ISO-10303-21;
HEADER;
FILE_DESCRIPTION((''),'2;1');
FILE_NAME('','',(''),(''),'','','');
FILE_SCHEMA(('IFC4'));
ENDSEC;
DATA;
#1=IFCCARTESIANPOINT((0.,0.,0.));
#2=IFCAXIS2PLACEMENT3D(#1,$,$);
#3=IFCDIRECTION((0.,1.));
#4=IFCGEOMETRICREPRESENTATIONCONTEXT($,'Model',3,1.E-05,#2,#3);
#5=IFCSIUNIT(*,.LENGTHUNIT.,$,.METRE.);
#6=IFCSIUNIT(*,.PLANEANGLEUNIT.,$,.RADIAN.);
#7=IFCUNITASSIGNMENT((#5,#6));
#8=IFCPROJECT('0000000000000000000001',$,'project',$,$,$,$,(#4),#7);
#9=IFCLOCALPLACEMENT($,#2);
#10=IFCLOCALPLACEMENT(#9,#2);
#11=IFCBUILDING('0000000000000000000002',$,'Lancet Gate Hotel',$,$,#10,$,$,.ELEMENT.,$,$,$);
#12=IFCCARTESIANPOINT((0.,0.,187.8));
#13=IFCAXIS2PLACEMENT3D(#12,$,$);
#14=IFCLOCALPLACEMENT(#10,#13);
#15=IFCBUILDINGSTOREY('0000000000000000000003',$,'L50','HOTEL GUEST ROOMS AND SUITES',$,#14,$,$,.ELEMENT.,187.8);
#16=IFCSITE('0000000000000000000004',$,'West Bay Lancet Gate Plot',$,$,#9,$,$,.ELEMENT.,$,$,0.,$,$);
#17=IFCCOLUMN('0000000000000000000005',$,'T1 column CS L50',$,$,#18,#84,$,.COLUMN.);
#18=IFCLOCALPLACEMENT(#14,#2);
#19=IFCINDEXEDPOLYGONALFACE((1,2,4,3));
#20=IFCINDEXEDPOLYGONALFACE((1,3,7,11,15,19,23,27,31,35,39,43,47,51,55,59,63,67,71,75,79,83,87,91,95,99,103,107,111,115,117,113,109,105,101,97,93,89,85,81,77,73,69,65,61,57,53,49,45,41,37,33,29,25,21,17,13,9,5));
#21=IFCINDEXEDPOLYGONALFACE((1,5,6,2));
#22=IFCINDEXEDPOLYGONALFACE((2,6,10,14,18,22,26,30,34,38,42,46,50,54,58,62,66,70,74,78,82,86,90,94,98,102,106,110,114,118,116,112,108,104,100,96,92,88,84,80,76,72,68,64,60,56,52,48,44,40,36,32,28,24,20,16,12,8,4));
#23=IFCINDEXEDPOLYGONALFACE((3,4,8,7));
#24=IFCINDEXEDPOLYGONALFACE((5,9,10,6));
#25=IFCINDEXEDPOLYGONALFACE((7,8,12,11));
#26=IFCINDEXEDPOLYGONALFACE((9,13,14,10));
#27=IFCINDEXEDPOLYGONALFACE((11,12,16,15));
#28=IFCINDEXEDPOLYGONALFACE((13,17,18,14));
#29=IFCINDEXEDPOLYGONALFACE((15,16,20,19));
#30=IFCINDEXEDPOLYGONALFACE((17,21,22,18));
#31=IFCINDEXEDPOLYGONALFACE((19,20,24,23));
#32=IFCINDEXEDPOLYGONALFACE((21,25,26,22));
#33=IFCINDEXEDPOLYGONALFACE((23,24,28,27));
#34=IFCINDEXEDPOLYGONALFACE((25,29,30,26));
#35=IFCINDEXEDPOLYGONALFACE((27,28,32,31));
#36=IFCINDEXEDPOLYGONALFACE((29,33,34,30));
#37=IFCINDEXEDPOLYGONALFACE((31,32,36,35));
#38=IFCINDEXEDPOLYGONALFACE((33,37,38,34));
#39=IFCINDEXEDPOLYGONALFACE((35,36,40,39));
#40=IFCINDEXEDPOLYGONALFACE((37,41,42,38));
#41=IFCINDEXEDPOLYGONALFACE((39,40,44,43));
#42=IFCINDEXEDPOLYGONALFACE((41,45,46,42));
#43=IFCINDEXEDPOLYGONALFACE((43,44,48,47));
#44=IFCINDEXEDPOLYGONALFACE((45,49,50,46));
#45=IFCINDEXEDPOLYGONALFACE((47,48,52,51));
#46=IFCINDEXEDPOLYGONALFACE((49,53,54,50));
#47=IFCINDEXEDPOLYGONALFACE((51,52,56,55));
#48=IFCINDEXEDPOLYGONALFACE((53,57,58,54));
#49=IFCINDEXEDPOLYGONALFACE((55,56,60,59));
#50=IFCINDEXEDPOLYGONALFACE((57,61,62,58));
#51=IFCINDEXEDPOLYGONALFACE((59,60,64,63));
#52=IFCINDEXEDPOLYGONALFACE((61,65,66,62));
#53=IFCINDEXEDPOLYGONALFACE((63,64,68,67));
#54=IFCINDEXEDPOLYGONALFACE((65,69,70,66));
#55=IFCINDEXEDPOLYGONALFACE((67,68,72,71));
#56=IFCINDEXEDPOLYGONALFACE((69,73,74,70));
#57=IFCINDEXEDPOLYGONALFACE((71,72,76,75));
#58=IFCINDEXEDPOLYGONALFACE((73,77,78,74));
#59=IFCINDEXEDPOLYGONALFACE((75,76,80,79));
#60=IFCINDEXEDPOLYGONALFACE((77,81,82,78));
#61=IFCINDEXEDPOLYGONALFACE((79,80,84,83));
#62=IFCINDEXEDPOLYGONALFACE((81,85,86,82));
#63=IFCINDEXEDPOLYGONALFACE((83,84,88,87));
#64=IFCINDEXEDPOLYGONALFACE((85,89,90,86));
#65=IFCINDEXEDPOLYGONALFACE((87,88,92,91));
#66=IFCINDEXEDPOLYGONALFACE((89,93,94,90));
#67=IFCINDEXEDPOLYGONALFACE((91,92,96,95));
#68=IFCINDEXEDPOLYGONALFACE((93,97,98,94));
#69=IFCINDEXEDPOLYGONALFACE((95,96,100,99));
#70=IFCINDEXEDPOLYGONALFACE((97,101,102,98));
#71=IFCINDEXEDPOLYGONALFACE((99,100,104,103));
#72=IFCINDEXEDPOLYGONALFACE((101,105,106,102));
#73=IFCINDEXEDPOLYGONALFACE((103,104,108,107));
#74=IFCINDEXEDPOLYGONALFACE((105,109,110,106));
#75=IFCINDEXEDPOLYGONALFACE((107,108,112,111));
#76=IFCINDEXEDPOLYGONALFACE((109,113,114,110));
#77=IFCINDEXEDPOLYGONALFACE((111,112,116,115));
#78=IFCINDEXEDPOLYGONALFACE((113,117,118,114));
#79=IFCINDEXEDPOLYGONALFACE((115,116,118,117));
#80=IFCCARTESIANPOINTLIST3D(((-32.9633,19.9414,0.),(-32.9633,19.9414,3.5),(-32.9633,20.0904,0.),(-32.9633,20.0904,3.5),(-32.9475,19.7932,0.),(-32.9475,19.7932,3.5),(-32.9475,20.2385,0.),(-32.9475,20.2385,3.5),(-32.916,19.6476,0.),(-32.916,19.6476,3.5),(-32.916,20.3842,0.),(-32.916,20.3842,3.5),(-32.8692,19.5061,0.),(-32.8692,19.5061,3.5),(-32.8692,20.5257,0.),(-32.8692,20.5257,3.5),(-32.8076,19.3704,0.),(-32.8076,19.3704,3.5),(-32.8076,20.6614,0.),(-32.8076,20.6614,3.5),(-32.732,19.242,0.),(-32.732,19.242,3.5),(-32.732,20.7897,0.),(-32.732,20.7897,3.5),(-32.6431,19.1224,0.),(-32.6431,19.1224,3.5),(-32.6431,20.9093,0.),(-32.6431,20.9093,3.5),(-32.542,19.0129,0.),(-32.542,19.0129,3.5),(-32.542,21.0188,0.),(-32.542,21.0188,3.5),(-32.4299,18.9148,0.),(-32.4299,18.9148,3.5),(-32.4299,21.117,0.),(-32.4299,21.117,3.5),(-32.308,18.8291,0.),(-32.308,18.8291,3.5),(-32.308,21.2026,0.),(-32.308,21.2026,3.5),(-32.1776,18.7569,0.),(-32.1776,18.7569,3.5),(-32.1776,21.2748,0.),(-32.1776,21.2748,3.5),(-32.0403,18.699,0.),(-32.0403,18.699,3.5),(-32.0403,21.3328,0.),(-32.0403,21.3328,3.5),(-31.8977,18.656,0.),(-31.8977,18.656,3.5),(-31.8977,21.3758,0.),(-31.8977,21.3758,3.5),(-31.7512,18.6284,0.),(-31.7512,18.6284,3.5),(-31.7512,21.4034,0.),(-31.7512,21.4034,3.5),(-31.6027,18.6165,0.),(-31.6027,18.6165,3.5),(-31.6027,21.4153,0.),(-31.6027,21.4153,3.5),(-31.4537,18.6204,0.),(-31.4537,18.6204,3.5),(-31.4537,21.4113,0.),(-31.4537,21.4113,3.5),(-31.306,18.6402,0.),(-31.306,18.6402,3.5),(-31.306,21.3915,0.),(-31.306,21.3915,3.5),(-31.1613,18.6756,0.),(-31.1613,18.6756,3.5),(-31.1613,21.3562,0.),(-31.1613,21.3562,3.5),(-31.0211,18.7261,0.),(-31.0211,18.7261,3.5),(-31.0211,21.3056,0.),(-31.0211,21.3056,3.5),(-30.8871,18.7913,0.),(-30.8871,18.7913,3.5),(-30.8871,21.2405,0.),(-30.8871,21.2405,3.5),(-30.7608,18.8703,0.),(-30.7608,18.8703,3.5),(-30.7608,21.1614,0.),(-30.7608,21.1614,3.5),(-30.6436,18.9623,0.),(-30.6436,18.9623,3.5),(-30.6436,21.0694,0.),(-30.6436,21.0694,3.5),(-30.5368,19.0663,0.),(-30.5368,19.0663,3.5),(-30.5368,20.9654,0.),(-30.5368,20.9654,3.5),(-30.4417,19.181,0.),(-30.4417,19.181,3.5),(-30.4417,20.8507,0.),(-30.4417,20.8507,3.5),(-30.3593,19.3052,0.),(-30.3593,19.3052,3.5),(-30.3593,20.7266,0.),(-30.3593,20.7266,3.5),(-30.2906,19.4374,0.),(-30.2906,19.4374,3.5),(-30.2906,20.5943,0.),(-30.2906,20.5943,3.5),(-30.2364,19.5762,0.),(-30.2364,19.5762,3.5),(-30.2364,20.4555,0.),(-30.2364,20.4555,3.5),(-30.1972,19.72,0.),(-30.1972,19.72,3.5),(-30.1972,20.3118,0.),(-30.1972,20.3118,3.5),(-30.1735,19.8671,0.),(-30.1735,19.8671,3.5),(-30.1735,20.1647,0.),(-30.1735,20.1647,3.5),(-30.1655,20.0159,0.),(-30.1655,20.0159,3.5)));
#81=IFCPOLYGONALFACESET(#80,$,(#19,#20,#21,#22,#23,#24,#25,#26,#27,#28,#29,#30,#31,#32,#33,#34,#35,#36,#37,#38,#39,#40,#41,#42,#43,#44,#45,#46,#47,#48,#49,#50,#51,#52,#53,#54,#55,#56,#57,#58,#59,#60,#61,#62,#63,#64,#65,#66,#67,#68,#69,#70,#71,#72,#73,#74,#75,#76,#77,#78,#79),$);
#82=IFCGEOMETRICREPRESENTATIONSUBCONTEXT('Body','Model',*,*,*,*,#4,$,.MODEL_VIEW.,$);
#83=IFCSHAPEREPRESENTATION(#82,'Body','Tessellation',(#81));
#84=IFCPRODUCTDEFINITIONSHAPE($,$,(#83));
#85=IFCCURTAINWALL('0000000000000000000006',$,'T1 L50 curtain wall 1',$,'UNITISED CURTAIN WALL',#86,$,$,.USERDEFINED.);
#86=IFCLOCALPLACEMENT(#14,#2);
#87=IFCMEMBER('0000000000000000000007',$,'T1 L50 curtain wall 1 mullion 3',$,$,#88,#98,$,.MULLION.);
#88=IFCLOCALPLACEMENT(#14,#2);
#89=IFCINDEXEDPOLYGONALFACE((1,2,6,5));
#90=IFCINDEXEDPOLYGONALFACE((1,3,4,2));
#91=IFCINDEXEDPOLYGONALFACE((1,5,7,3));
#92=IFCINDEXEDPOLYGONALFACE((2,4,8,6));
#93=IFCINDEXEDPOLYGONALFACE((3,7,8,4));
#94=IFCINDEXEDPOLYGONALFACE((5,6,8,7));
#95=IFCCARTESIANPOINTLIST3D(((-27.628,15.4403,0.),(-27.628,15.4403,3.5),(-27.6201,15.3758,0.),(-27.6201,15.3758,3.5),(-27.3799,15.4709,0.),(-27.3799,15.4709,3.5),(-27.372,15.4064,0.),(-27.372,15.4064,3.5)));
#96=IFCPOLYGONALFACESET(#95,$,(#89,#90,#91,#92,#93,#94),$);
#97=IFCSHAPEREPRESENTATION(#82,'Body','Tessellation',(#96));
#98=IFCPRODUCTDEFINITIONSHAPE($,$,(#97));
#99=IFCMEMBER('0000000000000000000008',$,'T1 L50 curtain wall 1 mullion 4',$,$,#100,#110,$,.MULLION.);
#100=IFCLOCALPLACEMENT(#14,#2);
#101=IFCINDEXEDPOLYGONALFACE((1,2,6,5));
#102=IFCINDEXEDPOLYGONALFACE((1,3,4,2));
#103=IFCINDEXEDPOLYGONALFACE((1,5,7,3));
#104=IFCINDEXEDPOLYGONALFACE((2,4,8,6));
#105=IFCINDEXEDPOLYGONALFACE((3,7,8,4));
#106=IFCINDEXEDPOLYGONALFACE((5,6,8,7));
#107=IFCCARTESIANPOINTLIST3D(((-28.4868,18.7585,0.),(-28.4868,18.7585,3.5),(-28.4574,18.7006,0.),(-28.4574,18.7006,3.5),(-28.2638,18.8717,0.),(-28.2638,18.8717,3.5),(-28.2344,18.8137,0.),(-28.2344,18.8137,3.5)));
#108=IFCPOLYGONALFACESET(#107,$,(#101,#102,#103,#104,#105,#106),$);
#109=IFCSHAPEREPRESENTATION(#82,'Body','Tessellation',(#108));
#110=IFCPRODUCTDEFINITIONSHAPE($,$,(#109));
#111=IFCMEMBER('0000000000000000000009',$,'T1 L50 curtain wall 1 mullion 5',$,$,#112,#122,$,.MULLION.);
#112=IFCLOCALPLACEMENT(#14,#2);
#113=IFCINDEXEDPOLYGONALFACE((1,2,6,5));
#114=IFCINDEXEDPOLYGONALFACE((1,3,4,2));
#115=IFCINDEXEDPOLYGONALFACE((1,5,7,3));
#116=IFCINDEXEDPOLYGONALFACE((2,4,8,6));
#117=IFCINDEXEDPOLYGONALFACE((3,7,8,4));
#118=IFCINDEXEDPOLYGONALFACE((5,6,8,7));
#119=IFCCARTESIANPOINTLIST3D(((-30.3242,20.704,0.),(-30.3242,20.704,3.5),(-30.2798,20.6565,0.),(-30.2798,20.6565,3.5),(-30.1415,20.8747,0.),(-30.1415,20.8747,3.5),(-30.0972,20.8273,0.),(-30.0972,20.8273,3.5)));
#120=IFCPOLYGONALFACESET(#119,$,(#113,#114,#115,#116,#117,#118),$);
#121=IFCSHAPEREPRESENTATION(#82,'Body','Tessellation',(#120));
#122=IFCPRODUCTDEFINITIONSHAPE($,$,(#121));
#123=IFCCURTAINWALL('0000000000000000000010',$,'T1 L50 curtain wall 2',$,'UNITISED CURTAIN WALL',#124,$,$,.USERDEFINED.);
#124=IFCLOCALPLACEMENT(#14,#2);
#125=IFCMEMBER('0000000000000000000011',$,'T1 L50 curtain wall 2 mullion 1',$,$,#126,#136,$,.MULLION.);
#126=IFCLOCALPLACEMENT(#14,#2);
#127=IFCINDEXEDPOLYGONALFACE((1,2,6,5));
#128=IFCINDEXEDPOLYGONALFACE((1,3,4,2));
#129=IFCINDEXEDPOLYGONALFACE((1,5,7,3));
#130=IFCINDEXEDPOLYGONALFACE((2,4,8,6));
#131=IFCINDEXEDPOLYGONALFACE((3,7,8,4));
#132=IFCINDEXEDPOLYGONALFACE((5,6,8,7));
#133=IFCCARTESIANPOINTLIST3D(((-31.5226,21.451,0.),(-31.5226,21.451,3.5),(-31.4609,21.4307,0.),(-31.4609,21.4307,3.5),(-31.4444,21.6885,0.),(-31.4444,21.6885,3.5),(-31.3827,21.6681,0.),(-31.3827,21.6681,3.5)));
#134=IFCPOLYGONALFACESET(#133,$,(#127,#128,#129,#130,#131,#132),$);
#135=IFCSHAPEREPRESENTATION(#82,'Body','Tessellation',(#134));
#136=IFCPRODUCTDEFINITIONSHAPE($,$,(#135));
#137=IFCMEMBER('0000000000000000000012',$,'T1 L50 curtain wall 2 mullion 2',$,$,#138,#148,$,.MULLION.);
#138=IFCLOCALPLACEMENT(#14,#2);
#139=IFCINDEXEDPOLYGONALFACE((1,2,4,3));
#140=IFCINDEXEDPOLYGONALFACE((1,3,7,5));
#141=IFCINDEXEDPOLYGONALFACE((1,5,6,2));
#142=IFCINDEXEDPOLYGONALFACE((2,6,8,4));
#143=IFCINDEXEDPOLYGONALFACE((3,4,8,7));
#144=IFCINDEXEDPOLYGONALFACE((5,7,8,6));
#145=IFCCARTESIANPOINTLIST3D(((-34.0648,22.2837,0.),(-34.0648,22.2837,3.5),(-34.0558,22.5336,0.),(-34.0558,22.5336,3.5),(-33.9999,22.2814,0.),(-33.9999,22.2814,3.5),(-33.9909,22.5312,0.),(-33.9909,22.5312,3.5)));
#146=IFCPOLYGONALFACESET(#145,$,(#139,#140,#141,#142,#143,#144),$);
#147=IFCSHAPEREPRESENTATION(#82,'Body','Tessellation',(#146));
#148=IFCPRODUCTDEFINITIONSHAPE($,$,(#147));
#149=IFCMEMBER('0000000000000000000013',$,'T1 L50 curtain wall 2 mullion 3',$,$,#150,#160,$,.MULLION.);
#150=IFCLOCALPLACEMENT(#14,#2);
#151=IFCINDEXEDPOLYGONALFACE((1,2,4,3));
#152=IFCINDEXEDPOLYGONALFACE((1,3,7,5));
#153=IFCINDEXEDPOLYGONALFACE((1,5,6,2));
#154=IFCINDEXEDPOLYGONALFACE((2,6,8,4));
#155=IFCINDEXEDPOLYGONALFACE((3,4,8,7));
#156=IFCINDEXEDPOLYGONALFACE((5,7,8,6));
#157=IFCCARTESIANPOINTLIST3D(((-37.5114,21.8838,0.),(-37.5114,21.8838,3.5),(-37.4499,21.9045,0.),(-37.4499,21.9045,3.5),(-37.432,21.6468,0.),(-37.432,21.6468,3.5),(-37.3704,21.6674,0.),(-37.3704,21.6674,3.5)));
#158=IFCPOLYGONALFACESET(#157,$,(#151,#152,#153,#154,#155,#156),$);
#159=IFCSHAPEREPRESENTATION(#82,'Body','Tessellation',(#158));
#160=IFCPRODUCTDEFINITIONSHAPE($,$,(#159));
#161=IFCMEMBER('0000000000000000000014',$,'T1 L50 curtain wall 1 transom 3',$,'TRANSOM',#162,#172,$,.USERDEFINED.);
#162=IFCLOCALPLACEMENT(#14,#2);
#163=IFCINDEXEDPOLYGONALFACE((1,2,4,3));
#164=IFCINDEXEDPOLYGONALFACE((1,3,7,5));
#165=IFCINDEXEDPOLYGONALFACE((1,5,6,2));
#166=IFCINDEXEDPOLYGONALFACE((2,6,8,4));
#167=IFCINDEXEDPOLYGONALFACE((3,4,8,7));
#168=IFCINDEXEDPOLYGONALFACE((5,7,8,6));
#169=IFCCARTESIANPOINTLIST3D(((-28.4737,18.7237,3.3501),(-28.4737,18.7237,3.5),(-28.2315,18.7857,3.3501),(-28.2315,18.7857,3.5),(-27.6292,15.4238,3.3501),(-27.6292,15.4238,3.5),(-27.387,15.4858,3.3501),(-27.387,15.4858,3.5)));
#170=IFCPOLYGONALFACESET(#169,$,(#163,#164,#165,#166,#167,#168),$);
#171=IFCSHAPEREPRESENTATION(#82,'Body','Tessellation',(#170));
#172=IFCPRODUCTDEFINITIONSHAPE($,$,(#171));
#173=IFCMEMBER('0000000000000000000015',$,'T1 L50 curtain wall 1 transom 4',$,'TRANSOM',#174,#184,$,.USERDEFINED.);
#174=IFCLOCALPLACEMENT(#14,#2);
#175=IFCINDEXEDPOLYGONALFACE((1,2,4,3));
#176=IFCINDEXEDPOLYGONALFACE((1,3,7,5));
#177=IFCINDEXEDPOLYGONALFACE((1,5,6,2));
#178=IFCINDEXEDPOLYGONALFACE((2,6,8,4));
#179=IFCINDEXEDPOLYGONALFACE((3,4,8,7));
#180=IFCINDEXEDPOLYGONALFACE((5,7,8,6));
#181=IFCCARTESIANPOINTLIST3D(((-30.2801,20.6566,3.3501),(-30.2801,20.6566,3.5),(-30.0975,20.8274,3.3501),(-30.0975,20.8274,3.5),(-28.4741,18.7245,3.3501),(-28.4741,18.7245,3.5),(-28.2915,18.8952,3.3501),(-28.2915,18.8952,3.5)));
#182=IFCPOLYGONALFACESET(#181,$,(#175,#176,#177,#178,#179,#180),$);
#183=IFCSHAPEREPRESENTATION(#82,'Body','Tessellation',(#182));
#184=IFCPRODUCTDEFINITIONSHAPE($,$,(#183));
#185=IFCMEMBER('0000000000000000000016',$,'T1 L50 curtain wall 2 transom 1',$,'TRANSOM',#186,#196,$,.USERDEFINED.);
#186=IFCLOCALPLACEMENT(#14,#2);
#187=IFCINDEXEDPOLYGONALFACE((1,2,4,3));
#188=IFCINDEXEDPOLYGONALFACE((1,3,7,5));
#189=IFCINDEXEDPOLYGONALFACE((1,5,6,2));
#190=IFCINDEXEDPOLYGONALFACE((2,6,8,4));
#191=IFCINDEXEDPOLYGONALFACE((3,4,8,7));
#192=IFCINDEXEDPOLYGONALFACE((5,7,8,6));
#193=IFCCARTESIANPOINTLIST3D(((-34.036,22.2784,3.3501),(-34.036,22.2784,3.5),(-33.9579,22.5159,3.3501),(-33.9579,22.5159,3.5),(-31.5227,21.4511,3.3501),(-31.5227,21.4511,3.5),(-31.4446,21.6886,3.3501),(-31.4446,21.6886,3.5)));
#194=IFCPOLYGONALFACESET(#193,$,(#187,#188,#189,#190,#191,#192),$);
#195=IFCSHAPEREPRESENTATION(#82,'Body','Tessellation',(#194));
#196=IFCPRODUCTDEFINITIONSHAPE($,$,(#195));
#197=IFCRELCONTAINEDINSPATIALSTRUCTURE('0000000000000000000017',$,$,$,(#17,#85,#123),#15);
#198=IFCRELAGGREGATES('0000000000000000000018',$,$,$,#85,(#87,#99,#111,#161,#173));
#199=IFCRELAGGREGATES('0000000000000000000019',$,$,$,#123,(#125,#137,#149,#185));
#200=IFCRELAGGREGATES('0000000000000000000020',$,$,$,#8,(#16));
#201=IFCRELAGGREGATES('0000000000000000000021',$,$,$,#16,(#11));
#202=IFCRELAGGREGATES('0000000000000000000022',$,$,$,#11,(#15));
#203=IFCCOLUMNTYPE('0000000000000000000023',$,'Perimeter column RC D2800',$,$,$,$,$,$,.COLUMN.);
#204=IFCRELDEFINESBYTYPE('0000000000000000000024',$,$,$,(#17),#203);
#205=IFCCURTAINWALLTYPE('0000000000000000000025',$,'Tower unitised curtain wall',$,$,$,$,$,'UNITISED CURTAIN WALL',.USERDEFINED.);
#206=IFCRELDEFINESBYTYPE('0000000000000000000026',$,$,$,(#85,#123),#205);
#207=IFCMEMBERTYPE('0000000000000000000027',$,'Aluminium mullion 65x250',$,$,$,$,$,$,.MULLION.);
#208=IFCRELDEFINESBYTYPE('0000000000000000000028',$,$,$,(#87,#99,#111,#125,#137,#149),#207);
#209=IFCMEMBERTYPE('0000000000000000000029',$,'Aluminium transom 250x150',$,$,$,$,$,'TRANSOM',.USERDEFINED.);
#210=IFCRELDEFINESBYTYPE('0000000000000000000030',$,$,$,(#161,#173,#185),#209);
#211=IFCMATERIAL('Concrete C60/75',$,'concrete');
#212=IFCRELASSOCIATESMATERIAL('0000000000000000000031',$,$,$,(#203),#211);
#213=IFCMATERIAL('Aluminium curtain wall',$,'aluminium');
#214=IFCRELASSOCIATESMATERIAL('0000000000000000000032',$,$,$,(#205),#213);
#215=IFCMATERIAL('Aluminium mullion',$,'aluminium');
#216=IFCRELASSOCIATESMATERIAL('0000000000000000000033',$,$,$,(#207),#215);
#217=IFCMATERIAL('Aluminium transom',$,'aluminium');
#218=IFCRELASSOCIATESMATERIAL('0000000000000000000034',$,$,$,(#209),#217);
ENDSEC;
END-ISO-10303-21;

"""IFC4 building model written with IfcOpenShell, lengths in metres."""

from ifc_helpers import new_model, si_unit, direction, frame, origin, origin_2d, place, context, subcontext, project, spatial, rectangle, circle, extrude, material, material_profile, profile_set, type_object, element, aggregate, save


model = new_model("IFC4")

# Units and contexts
model_context = context("Model", 3, precision=1e-05, world=origin(), true_north=direction((0.0, 1.0)))
body_context = subcontext(model_context, "Body", "Model", "MODEL_VIEW")
ifc_project = project(units=[si_unit("LENGTHUNIT", "METRE"), si_unit("PLANEANGLEUNIT", "RADIAN")], contexts=[model_context])

# Site, building, storey
site_placement = place(None, origin())
site = spatial("IfcSite", under=ifc_project, at=site_placement, Name="West Bay Lancet Gate Plot", CompositionType="ELEMENT", RefElevation=0.0)
building_placement = place(site_placement, origin())
building = spatial("IfcBuilding", under=site, at=building_placement, Name="Lancet Gate Hotel", CompositionType="ELEMENT")
storey_placement = place(building_placement, frame((0.0, 0.0, 187.8)))
storey = spatial("IfcBuildingStorey", under=building, at=storey_placement, Name="L50", Description="HOTEL GUEST ROOMS AND SUITES", CompositionType="ELEMENT", Elevation=187.8)

# Column
ifc_material_1 = material(Name="Concrete C60/75", Category="concrete")
ifc_material_profile_1 = material_profile(ifc_material_1, circle(Radius=1.3999, at=origin_2d()), Name="RC D2800")
ifc_profile_set_1 = profile_set([ifc_material_profile_1], Name="Concrete C60/75")
column_type = type_object("IfcColumnType", Name="Perimeter column RC D2800", PredefinedType="COLUMN", material=ifc_profile_set_1)
column_placement = place(storey_placement, frame((-31.5654, 20.0159, 0.0), z_axis=(0.0, 0.0, 1.0), x_axis=(1.0, 0.0, 0.0)))
element("IfcColumn", 1, at=column_placement, inside=storey, type_object=column_type, Name="T1 column CS L50", PredefinedType="COLUMN", context=body_context, shape_type="SweptSolid", body=[
    extrude(circle(Radius=1.3999, at=origin_2d()), origin(), (0.0, 0.0, 1.0), 3.5),
])

# Curtain walls, members
ifc_material_2 = material(Name="Aluminium curtain wall", Category="aluminium")
curtain_wall_type = type_object("IfcCurtainWallType", Name="Tower unitised curtain wall", ElementType="UNITISED CURTAIN WALL", PredefinedType="USERDEFINED", material=ifc_material_2)
curtain_wall_1_placement = place(storey_placement, origin())
curtain_wall_1 = element("IfcCurtainWall", 2, at=curtain_wall_1_placement, inside=storey, type_object=curtain_wall_type, Name="T1 L50 curtain wall 1", ObjectType="UNITISED CURTAIN WALL", PredefinedType="USERDEFINED")
ifc_material_3 = material(Name="Aluminium mullion", Category="aluminium")
ifc_material_profile_2 = material_profile(ifc_material_3, rectangle(XDim=0.0649, YDim=0.25, at=origin_2d()), Name="MULLION 65x250")
ifc_profile_set_2 = profile_set([ifc_material_profile_2], Name="Aluminium mullion")
member_type_1 = type_object("IfcMemberType", Name="Aluminium mullion 65x250", PredefinedType="MULLION", material=ifc_profile_set_2)
member_1_placement = place(storey_placement, frame((-27.5, 15.4233, 0.0), z_axis=(0.0, 0.0, 1.0), x_axis=(-0.122467, 0.992473, 0.0)))
member_1 = element("IfcMember", 3, at=member_1_placement, type_object=member_type_1, Name="T1 L50 curtain wall 1 mullion 3", PredefinedType="MULLION", context=body_context, shape_type="SweptSolid", body=[
    extrude(rectangle(XDim=0.0649, YDim=0.25, at=origin_2d()), origin(), (0.0, 0.0, 1.0), 3.5),
])
member_2_placement = place(storey_placement, frame((-28.3606, 18.7861, 0.0), z_axis=(0.0, 0.0, 1.0), x_axis=(-0.452508, 0.891761, 0.0)))
member_2 = element("IfcMember", 4, at=member_2_placement, type_object=member_type_1, Name="T1 L50 curtain wall 1 mullion 4", PredefinedType="MULLION", context=body_context, shape_type="SweptSolid", body=[
    extrude(rectangle(XDim=0.0649, YDim=0.25, at=origin_2d()), origin(), (0.0, 0.0, 1.0), 3.5),
])
member_3_placement = place(storey_placement, frame((-30.2107, 20.7656, 0.0), z_axis=(0.0, 0.0, 1.0), x_axis=(-0.682845, 0.730563, 0.0)))
member_3 = element("IfcMember", 5, at=member_3_placement, type_object=member_type_1, Name="T1 L50 curtain wall 1 mullion 5", PredefinedType="MULLION", context=body_context, shape_type="SweptSolid", body=[
    extrude(rectangle(XDim=0.0649, YDim=0.25, at=origin_2d()), origin(), (0.0, 0.0, 1.0), 3.5),
])
curtain_wall_2_placement = place(storey_placement, origin())
curtain_wall_2 = element("IfcCurtainWall", 6, at=curtain_wall_2_placement, inside=storey, type_object=curtain_wall_type, Name="T1 L50 curtain wall 2", ObjectType="UNITISED CURTAIN WALL", PredefinedType="USERDEFINED")
member_4_placement = place(storey_placement, frame((-31.4526, 21.5596, 0.0), z_axis=(0.0, 0.0, 1.0), x_axis=(-0.949848, 0.312712, 0.0)))
member_4 = element("IfcMember", 7, at=member_4_placement, type_object=member_type_1, Name="T1 L50 curtain wall 2 mullion 1", PredefinedType="MULLION", context=body_context, shape_type="SweptSolid", body=[
    extrude(rectangle(XDim=0.0649, YDim=0.25, at=origin_2d()), origin(), (0.0, 0.0, 1.0), 3.5),
])
member_5_placement = place(storey_placement, frame((-34.0278, 22.4075, 0.0), z_axis=(0.0, 0.0, 1.0), x_axis=(-0.99935, 0.036037, 0.0)))
member_5 = element("IfcMember", 8, at=member_5_placement, type_object=member_type_1, Name="T1 L50 curtain wall 2 mullion 2", PredefinedType="MULLION", context=body_context, shape_type="SweptSolid", body=[
    extrude(rectangle(XDim=0.0649, YDim=0.25, at=origin_2d()), origin(), (0.0, 0.0, 1.0), 3.5),
])
member_6_placement = place(storey_placement, frame((-37.4409, 21.7756, 0.0), z_axis=(0.0, 0.0, 1.0), x_axis=(-0.948119, -0.317915, 0.0)))
member_6 = element("IfcMember", 9, at=member_6_placement, type_object=member_type_1, Name="T1 L50 curtain wall 2 mullion 3", PredefinedType="MULLION", context=body_context, shape_type="SweptSolid", body=[
    extrude(rectangle(XDim=0.0649, YDim=0.25, at=origin_2d()), origin(), (0.0, 0.0, 1.0), 3.5),
])

# Members
ifc_material_4 = material(Name="Aluminium transom", Category="aluminium")
ifc_material_profile_3 = material_profile(ifc_material_4, rectangle(XDim=0.25, YDim=0.1499, at=origin_2d()), Name="TRANSOM 250x150")
ifc_profile_set_3 = profile_set([ifc_material_profile_3], Name="Aluminium transom")
member_type_2 = type_object("IfcMemberType", Name="Aluminium transom 250x150", ElementType="TRANSOM", PredefinedType="USERDEFINED", material=ifc_profile_set_3)
member_7_placement = place(storey_placement, frame((-27.5081, 15.4548, 3.425), z_axis=(-0.247929, 0.968778, 0.0), x_axis=(-0.968778, -0.247929, 0.0)))
member_7 = element("IfcMember", 10, at=member_7_placement, type_object=member_type_2, Name="T1 L50 curtain wall 1 transom 3", ObjectType="TRANSOM", PredefinedType="USERDEFINED", context=body_context, shape_type="SweptSolid", body=[
    extrude(rectangle(XDim=0.25, YDim=0.1499, at=origin_2d()), origin(), (0.0, 0.0, 1.0), 3.4062),
])
member_8_placement = place(storey_placement, frame((-28.3828, 18.8098, 3.425), z_axis=(-0.682841, 0.730567, 0.0), x_axis=(-0.730567, -0.682841, 0.0)))
member_8 = element("IfcMember", 11, at=member_8_placement, type_object=member_type_2, Name="T1 L50 curtain wall 1 transom 4", ObjectType="TRANSOM", PredefinedType="USERDEFINED", context=body_context, shape_type="SweptSolid", body=[
    extrude(rectangle(XDim=0.25, YDim=0.1499, at=origin_2d()), origin(), (0.0, 0.0, 1.0), 2.6448),
])
member_9_placement = place(storey_placement, frame((-31.4836, 21.5698, 3.425), z_axis=(-0.949858, 0.312683, 0.0), x_axis=(-0.312683, -0.949858, 0.0)))
member_9 = element("IfcMember", 12, at=member_9_placement, type_object=member_type_2, Name="T1 L50 curtain wall 2 transom 1", ObjectType="TRANSOM", PredefinedType="USERDEFINED", context=body_context, shape_type="SweptSolid", body=[
    extrude(rectangle(XDim=0.25, YDim=0.1499, at=origin_2d()), origin(), (0.0, 0.0, 1.0), 2.646),
])

aggregate(curtain_wall_1, [member_1, member_2, member_3, member_7, member_8])
aggregate(curtain_wall_2, [member_4, member_5, member_6, member_9])

save(model, "model.ifc")
